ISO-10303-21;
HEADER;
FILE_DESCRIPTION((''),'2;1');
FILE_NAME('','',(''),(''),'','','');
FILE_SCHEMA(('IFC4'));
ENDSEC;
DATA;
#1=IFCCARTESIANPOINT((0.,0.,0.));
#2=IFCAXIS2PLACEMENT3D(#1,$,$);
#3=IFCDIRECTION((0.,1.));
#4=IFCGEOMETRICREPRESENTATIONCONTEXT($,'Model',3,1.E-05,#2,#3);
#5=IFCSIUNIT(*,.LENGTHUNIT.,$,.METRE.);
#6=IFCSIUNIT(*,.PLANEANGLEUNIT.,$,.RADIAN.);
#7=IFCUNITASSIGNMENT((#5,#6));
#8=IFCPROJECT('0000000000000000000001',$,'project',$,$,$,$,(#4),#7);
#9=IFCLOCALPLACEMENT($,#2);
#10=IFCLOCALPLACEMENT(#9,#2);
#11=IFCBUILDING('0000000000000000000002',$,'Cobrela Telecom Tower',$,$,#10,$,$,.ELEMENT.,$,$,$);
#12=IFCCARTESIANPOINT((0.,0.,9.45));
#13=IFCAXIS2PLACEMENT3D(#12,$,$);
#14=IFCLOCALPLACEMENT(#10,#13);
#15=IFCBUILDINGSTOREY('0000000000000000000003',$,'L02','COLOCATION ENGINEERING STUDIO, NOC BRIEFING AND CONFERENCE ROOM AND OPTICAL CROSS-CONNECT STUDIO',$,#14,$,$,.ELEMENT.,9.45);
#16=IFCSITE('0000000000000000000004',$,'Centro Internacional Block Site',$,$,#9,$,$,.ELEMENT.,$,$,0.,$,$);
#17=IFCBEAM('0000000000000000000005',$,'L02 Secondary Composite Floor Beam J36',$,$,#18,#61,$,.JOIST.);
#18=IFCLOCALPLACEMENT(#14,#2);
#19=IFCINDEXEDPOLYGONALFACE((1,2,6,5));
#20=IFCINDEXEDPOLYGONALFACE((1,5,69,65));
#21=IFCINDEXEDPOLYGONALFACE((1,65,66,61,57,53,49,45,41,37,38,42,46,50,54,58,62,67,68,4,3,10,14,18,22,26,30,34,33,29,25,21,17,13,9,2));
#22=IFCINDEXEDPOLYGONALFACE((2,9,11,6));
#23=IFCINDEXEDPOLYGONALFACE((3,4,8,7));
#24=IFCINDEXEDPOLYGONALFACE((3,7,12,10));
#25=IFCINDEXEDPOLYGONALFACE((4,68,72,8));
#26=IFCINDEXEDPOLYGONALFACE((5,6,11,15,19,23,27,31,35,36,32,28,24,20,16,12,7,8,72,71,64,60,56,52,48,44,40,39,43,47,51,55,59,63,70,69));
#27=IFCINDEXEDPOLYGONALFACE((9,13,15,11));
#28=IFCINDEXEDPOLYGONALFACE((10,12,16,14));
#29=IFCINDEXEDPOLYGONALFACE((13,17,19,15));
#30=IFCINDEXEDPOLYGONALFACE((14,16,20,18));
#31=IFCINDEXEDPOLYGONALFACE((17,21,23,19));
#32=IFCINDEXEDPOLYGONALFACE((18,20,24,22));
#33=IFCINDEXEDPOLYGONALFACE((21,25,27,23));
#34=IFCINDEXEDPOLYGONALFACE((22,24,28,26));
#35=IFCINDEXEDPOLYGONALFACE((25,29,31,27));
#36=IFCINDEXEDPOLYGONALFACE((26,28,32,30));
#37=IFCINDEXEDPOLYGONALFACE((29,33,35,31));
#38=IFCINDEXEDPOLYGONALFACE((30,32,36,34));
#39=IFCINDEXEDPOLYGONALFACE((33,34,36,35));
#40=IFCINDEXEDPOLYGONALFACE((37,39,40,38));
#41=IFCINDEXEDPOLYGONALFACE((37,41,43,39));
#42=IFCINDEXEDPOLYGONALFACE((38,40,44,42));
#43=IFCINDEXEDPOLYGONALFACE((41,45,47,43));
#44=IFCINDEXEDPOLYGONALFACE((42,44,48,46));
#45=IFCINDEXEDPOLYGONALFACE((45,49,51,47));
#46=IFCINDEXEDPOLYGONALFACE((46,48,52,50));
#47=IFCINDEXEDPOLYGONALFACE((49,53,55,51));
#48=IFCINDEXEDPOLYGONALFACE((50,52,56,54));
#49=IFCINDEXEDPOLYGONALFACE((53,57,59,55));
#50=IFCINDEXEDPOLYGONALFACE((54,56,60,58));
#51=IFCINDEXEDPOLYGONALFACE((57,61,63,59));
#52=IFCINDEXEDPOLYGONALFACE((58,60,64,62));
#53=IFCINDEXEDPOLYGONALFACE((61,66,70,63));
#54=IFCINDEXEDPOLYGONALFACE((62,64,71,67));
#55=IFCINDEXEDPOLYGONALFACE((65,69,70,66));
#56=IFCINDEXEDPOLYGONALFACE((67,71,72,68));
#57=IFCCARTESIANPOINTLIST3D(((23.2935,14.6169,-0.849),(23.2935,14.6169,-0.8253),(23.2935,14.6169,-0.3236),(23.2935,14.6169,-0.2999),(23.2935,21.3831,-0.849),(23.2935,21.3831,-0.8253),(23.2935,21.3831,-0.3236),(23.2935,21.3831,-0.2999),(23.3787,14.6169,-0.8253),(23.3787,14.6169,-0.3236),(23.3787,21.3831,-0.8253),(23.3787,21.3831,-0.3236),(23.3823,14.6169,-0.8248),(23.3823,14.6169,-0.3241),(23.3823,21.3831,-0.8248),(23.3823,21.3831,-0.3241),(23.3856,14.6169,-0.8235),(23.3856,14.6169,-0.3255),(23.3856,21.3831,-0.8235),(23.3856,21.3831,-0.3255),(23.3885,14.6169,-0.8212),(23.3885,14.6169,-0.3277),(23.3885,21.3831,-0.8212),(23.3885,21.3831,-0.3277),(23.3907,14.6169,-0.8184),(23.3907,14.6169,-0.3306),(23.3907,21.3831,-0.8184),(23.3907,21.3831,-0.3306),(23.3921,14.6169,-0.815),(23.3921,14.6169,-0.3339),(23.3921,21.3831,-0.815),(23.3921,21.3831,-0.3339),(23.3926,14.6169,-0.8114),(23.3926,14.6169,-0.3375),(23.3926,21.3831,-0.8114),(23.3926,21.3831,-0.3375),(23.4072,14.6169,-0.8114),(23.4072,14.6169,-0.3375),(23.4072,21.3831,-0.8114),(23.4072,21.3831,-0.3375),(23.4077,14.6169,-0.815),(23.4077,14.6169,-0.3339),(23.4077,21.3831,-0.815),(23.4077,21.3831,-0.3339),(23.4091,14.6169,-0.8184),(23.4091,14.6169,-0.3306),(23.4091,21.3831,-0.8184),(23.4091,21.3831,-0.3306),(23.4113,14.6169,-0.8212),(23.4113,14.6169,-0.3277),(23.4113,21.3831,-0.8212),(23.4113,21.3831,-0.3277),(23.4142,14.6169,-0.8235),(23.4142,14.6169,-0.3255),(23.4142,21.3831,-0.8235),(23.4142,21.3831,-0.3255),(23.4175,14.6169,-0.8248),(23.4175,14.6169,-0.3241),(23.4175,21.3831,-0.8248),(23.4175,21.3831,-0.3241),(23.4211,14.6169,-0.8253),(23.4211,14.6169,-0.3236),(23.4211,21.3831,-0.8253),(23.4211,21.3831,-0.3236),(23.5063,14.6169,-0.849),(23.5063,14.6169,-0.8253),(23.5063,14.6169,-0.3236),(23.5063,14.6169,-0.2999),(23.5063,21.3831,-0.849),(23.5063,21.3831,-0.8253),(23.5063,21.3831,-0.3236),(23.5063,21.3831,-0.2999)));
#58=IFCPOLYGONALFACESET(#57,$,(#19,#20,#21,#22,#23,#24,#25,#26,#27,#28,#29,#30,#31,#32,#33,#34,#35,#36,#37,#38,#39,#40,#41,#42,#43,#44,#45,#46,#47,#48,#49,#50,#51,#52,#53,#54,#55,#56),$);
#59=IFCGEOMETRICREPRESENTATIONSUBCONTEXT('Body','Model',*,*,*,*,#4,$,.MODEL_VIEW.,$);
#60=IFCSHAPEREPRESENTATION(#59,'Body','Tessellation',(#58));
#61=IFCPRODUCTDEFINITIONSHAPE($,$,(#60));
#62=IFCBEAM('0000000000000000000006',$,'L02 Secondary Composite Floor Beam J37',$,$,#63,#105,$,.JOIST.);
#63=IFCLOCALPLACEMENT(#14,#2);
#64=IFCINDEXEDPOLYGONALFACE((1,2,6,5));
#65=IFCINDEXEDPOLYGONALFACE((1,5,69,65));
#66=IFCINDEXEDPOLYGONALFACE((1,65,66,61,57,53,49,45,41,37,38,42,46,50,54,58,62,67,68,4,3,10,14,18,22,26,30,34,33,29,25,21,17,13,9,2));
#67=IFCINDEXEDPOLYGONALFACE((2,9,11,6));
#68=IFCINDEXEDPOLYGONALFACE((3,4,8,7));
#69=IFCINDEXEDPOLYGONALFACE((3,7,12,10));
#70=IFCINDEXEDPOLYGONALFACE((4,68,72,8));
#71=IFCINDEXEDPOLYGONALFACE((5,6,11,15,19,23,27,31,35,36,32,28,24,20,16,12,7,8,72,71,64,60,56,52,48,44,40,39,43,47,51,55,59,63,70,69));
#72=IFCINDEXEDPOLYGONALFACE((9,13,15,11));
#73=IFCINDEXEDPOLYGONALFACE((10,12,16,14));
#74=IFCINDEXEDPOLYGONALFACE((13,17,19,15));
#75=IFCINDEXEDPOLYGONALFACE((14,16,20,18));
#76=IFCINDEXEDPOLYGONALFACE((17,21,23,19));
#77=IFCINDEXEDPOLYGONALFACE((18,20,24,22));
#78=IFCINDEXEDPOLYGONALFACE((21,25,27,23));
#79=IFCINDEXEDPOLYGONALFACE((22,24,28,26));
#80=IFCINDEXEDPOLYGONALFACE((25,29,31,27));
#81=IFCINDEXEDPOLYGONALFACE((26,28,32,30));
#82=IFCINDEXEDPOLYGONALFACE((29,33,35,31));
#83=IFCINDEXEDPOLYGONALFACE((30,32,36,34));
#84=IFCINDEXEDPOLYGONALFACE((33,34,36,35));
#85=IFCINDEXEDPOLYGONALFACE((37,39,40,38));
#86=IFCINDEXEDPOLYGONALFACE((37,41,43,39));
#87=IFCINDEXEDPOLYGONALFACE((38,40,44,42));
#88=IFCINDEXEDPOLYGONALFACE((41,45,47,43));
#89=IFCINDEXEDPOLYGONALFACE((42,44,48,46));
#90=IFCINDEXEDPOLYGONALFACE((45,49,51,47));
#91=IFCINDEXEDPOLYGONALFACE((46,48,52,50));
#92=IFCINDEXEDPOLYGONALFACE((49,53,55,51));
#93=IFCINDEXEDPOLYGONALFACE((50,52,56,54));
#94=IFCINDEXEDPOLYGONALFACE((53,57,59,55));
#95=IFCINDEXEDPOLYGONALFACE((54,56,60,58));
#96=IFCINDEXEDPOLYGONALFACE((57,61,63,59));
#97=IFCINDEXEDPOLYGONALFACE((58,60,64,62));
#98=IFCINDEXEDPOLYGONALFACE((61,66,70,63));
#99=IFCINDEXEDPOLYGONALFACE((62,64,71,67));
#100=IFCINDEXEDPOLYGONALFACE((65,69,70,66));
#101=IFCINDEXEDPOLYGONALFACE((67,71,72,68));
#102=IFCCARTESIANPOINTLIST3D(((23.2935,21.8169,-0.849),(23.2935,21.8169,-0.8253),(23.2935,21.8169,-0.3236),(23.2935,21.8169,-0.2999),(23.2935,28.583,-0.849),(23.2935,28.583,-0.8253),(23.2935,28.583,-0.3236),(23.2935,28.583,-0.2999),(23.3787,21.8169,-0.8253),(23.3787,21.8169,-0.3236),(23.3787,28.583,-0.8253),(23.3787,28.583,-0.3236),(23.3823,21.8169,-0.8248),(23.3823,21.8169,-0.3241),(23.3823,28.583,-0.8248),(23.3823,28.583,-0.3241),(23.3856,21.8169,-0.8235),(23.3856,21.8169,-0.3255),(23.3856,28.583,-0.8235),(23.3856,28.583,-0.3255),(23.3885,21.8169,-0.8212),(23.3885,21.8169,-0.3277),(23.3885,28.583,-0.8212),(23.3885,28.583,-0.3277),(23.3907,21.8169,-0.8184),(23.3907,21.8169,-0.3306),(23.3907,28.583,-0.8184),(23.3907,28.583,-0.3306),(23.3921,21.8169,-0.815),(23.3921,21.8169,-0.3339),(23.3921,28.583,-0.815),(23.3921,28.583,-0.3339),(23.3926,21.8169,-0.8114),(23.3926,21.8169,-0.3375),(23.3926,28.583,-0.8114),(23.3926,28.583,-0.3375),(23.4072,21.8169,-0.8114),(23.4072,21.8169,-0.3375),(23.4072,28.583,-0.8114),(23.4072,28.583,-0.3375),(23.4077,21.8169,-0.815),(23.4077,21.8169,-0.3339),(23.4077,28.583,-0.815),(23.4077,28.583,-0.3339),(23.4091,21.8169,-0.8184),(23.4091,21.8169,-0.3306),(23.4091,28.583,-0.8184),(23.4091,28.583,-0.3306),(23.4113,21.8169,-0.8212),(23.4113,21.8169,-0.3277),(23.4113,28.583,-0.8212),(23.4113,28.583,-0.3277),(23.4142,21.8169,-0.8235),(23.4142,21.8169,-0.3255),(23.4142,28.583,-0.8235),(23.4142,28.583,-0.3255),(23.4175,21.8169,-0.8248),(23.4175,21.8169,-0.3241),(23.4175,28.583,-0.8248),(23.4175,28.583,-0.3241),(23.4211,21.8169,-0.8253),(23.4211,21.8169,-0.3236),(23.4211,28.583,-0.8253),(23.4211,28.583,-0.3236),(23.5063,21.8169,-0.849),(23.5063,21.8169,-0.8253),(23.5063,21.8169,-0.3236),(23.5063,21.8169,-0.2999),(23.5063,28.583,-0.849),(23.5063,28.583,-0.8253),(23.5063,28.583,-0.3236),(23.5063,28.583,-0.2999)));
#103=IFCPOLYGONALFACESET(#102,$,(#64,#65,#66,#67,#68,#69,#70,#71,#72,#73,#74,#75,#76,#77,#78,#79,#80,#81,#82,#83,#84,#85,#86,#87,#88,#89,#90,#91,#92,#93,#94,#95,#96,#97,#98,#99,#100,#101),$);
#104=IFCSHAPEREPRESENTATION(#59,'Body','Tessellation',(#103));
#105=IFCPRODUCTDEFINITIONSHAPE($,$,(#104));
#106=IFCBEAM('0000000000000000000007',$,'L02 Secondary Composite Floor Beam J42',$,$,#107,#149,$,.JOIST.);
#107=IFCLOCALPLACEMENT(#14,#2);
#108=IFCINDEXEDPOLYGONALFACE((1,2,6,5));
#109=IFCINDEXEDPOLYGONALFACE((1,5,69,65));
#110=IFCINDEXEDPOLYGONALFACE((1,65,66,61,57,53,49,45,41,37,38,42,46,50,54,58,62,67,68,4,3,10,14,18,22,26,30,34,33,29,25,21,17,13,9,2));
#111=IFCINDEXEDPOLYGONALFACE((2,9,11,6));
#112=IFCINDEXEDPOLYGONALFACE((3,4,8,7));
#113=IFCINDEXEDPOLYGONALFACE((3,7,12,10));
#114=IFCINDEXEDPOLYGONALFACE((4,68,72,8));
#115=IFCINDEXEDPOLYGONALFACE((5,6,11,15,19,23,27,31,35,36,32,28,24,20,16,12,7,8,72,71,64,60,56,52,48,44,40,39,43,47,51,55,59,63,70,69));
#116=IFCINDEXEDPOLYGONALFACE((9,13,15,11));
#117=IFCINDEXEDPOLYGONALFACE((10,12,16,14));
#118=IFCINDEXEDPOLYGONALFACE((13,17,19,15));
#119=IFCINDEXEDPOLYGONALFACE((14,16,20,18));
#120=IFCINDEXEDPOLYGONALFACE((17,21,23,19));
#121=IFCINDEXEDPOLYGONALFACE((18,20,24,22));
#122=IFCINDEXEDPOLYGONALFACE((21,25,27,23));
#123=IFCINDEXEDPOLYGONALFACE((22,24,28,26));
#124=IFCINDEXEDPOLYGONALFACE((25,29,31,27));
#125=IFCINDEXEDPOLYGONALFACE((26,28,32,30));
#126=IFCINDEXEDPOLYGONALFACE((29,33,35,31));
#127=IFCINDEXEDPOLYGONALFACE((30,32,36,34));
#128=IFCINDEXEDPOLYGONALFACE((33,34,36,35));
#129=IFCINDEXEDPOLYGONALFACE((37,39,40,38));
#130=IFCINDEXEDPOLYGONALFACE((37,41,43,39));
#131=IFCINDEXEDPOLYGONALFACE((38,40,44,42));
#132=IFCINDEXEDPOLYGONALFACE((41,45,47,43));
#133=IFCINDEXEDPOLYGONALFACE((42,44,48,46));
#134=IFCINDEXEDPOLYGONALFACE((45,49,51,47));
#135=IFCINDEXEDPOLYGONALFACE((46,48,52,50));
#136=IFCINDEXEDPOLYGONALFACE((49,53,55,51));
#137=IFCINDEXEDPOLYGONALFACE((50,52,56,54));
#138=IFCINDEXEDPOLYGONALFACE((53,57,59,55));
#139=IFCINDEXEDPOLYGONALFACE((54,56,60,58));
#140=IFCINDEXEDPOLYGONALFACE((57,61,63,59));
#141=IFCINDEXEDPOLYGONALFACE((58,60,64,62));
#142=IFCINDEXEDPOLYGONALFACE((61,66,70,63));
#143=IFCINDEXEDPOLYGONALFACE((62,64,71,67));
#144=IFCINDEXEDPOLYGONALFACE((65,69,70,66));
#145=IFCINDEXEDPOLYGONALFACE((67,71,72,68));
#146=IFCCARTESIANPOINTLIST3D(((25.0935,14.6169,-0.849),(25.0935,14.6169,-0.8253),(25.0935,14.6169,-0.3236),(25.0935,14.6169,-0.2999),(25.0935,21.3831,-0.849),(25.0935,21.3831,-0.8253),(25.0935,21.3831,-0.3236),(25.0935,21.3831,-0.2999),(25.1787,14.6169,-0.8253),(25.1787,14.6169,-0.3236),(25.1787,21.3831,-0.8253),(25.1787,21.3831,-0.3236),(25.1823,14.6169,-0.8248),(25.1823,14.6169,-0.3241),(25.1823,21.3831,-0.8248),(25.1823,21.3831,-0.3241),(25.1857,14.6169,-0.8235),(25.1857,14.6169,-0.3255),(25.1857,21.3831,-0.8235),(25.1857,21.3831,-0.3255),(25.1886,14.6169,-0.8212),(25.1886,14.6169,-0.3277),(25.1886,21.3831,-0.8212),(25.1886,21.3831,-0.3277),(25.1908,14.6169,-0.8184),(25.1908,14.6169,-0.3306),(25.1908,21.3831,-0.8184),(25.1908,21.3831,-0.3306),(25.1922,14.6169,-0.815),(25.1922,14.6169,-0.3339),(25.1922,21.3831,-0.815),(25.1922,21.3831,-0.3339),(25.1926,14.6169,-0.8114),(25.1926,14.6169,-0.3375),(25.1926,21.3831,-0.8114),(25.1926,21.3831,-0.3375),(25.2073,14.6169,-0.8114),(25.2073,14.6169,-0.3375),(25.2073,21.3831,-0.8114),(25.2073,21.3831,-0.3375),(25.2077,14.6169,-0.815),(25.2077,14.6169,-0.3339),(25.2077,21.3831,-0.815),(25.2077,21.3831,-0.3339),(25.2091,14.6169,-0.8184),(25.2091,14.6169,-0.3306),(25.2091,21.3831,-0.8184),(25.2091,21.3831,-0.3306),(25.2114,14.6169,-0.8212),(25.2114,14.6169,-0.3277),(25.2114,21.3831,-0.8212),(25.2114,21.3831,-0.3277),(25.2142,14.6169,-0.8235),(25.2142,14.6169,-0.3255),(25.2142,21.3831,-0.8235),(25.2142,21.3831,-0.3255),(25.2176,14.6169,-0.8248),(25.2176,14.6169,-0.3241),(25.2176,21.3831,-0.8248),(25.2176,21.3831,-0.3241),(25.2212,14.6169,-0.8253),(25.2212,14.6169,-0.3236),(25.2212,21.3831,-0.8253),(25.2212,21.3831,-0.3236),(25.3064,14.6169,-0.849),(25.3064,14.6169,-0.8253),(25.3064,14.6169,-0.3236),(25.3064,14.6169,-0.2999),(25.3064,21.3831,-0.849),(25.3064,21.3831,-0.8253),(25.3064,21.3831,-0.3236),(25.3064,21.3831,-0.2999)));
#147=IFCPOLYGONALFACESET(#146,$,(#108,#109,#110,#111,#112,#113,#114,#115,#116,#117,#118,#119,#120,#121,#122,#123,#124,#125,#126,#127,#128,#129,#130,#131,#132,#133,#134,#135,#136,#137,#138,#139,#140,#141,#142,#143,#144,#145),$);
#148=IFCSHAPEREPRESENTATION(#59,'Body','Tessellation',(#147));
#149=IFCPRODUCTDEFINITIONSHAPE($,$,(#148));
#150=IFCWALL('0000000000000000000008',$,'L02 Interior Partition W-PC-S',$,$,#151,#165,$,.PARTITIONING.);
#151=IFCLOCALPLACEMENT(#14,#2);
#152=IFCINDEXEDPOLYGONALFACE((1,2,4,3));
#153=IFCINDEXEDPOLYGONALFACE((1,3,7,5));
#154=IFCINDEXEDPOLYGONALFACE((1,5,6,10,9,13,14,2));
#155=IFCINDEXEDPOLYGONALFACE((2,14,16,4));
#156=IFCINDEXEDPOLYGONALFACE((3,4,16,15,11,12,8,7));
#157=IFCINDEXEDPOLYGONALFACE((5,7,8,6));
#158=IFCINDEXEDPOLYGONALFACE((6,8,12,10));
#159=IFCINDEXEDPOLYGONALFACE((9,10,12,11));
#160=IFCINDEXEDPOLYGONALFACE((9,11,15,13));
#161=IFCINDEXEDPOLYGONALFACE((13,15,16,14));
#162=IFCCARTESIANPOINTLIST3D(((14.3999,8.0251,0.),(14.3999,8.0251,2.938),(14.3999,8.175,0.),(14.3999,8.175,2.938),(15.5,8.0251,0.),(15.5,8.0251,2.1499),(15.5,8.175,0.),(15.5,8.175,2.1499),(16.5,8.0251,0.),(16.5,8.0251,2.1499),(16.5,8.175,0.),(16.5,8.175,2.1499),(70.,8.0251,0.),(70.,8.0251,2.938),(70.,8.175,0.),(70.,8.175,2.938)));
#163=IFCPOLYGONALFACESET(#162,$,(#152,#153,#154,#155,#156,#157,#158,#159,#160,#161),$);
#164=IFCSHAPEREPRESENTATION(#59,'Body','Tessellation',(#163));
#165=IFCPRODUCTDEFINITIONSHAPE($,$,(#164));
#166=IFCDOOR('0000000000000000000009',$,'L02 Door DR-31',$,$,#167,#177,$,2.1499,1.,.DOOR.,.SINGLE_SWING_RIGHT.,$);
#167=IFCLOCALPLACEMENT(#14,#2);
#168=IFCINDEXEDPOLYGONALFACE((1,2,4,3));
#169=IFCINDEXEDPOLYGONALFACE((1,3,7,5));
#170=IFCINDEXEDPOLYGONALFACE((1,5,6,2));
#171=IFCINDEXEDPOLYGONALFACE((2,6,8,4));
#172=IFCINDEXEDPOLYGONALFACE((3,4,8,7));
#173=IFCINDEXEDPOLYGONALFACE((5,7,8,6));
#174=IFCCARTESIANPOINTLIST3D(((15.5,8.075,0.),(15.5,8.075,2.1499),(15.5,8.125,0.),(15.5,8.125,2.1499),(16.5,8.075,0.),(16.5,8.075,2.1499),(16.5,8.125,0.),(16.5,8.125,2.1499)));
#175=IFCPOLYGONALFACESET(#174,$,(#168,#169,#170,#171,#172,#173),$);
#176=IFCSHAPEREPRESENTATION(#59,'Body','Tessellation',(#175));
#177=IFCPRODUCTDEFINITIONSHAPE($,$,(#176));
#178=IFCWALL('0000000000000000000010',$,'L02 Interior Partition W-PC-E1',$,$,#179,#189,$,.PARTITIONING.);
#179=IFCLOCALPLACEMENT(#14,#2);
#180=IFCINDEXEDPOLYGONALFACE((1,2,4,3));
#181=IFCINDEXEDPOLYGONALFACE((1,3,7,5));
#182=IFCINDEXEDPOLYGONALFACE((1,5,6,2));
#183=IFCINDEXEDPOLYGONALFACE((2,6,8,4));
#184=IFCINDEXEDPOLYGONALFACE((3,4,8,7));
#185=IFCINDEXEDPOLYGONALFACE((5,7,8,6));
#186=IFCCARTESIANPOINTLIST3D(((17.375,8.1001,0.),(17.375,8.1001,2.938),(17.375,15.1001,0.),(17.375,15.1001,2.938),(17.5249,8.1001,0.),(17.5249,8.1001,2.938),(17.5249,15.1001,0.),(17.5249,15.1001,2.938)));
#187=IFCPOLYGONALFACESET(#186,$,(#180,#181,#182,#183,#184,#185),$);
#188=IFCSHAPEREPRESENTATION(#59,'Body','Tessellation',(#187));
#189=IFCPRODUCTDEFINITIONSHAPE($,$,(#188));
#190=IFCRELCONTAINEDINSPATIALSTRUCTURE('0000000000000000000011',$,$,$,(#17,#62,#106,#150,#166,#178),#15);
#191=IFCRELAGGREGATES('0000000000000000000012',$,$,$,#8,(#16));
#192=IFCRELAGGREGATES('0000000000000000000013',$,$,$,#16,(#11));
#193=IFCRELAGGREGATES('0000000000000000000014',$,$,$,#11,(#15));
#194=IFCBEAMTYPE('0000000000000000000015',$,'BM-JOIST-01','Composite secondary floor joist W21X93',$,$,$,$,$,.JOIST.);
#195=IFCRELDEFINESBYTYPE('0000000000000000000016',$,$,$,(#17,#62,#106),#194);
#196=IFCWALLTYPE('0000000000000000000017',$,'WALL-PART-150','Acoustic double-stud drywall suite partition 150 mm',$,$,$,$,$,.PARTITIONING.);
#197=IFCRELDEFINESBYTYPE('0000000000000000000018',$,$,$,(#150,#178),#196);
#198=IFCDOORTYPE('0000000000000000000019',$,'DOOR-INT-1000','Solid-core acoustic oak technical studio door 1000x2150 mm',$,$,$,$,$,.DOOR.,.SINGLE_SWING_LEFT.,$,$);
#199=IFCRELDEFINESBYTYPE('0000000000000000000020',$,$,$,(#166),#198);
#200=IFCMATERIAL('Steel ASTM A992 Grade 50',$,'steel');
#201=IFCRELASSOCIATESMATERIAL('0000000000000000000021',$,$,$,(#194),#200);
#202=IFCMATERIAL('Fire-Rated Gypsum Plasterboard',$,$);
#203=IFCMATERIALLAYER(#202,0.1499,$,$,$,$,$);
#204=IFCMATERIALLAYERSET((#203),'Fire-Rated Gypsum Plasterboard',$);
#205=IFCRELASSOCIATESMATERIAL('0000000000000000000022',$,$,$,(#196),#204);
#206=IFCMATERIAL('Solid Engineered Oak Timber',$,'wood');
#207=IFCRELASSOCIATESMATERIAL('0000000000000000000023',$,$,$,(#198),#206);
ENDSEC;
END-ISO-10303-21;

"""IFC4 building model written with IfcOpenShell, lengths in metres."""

from ifc_helpers import new_model, si_unit, direction, frame, frame_2d, origin, origin_2d, place, context, subcontext, project, spatial, rectangle, i_section, extrude, material, layer, layer_set, material_profile, profile_set, type_object, element, fill, save


model = new_model("IFC4")

# Units and contexts
model_context = context("Model", 3, precision=1e-05, world=origin(), true_north=direction((0.0, 1.0)))
body_context = subcontext(model_context, "Body", "Model", "MODEL_VIEW")
ifc_project = project(units=[si_unit("LENGTHUNIT", "METRE"), si_unit("PLANEANGLEUNIT", "RADIAN")], contexts=[model_context])

# Site, building, storey
site_placement = place(None, origin())
site = spatial("IfcSite", under=ifc_project, at=site_placement, Name="Centro Internacional Block Site", CompositionType="ELEMENT", RefElevation=0.0)
building_placement = place(site_placement, origin())
building = spatial("IfcBuilding", under=site, at=building_placement, Name="Cobrela Telecom Tower", CompositionType="ELEMENT")
storey_placement = place(building_placement, frame((0.0, 0.0, 9.45)))
storey = spatial("IfcBuildingStorey", under=building, at=storey_placement, Name="L02", Description="COLOCATION ENGINEERING STUDIO, NOC BRIEFING AND CONFERENCE ROOM AND OPTICAL CROSS-CONNECT STUDIO", CompositionType="ELEMENT", Elevation=9.45)

# Beams
ifc_material_1 = material(Name="Steel ASTM A992 Grade 50", Category="steel")
ifc_material_profile_1 = material_profile(ifc_material_1, i_section(OverallWidth=0.2129, OverallDepth=0.5491, WebThickness=0.0146, FlangeThickness=0.0237, FilletRadius=0.0139, at=origin_2d()), Name="W21X93")
ifc_profile_set_1 = profile_set([ifc_material_profile_1], Name="Steel ASTM A992 Grade 50")
beam_type_1 = type_object("IfcBeamType", Name="BM-JOIST-01", Description="Composite secondary floor joist W21X93", PredefinedType="JOIST", material=ifc_profile_set_1)
for number, where, z_axis, x_axis, name in (
    (1, (23.3999, 14.6169, -0.5745), (0.0, 1.0, 0.0), (-1.0, 0.0, 0.0), "L02 Secondary Composite Floor Beam J36"),
    (2, (23.3999, 21.8169, -0.5745), (0.0, 1.0, 0.0), (-1.0, 0.0, 0.0), "L02 Secondary Composite Floor Beam J37"),
    (3, (25.2, 14.6169, -0.5745), (0.0, 1.0, 0.0), (-1.0, 0.0, 0.0), "L02 Secondary Composite Floor Beam J42"),
):
    element("IfcBeam", number, at=place(storey_placement, frame(where, z_axis=z_axis, x_axis=x_axis)), inside=storey, type_object=beam_type_1, Name=name, PredefinedType="JOIST", context=body_context, shape_type="SweptSolid", body=[
        extrude(i_section(OverallWidth=0.2129, OverallDepth=0.5491, WebThickness=0.0146, FlangeThickness=0.0237, FilletRadius=0.0139, at=origin_2d()), origin(), (0.0, 0.0, 1.0), 6.7661),
    ])

# Wall, opening, door
ifc_material_2 = material(Name="Fire-Rated Gypsum Plasterboard")
ifc_layer = layer(ifc_material_2, 0.1499)
ifc_layer_set = layer_set([ifc_layer], Name="Fire-Rated Gypsum Plasterboard")
wall_type = type_object("IfcWallType", Name="WALL-PART-150", Description="Acoustic double-stud drywall suite partition 150 mm", PredefinedType="PARTITIONING", material=ifc_layer_set)
wall_1_placement = place(storey_placement, frame((14.3999, 8.1001, 0.0), z_axis=(0.0, 0.0, 1.0), x_axis=(1.0, 0.0, 0.0)))
wall_1 = element("IfcWall", 4, at=wall_1_placement, inside=storey, type_object=wall_type, Name="L02 Interior Partition W-PC-S", PredefinedType="PARTITIONING", context=body_context, shape_type="SweptSolid", body=[
    extrude(rectangle(XDim=55.6001, YDim=0.1499, at=frame_2d((27.8, 0.0))), origin(), (0.0, 0.0, 1.0), 2.938),
])
opening_1_placement = place(wall_1_placement, frame((1.1001, 0.0, 0.0)))
opening_1 = element("IfcOpeningElement", 5, at=opening_1_placement, cuts=wall_1, PredefinedType="OPENING", context=body_context, shape_type="SweptSolid", body=[
    extrude(rectangle(XDim=1.0, YDim=2.1499, at=frame_2d((0.5, 1.075))), frame((0.0, 0.0869, 0.0), z_axis=(0.0, -1.0, 0.0), x_axis=(1.0, 0.0, 0.0)), (0.0, 0.0, 1.0), 0.1738),
])
ifc_material_3 = material(Name="Solid Engineered Oak Timber", Category="wood")
door_type_1 = type_object("IfcDoorType", Name="DOOR-INT-1000", Description="Solid-core acoustic oak technical studio door 1000x2150 mm", OperationType="SINGLE_SWING_LEFT", PredefinedType="DOOR", material=ifc_material_3)
door_1_placement = place(opening_1_placement, origin())
door_1 = element("IfcDoor", 6, at=door_1_placement, inside=storey, type_object=door_type_1, Name="L02 Door DR-31", OperationType="SINGLE_SWING_RIGHT", OverallHeight=2.1499, OverallWidth=1.0, PredefinedType="DOOR", context=body_context, shape_type="SweptSolid", body=[
    extrude(rectangle(XDim=1.0, YDim=2.1499, at=frame_2d((0.5, 1.075))), frame((0.0, 0.0249, 0.0), z_axis=(0.0, -1.0, 0.0), x_axis=(1.0, 0.0, 0.0)), (0.0, 0.0, 1.0), 0.05),
])
fill(opening_1, door_1)

# Wall
wall_2_placement = place(storey_placement, frame((17.45, 8.1001, 0.0), z_axis=(0.0, 0.0, 1.0), x_axis=(0.0, 1.0, 0.0)))
element("IfcWall", 7, at=wall_2_placement, inside=storey, type_object=wall_type, Name="L02 Interior Partition W-PC-E1", PredefinedType="PARTITIONING", context=body_context, shape_type="SweptSolid", body=[
    extrude(rectangle(XDim=7.0, YDim=0.1499, at=frame_2d((3.5, 0.0))), origin(), (0.0, 0.0, 1.0), 2.938),
])

save(model, "model.ifc")
